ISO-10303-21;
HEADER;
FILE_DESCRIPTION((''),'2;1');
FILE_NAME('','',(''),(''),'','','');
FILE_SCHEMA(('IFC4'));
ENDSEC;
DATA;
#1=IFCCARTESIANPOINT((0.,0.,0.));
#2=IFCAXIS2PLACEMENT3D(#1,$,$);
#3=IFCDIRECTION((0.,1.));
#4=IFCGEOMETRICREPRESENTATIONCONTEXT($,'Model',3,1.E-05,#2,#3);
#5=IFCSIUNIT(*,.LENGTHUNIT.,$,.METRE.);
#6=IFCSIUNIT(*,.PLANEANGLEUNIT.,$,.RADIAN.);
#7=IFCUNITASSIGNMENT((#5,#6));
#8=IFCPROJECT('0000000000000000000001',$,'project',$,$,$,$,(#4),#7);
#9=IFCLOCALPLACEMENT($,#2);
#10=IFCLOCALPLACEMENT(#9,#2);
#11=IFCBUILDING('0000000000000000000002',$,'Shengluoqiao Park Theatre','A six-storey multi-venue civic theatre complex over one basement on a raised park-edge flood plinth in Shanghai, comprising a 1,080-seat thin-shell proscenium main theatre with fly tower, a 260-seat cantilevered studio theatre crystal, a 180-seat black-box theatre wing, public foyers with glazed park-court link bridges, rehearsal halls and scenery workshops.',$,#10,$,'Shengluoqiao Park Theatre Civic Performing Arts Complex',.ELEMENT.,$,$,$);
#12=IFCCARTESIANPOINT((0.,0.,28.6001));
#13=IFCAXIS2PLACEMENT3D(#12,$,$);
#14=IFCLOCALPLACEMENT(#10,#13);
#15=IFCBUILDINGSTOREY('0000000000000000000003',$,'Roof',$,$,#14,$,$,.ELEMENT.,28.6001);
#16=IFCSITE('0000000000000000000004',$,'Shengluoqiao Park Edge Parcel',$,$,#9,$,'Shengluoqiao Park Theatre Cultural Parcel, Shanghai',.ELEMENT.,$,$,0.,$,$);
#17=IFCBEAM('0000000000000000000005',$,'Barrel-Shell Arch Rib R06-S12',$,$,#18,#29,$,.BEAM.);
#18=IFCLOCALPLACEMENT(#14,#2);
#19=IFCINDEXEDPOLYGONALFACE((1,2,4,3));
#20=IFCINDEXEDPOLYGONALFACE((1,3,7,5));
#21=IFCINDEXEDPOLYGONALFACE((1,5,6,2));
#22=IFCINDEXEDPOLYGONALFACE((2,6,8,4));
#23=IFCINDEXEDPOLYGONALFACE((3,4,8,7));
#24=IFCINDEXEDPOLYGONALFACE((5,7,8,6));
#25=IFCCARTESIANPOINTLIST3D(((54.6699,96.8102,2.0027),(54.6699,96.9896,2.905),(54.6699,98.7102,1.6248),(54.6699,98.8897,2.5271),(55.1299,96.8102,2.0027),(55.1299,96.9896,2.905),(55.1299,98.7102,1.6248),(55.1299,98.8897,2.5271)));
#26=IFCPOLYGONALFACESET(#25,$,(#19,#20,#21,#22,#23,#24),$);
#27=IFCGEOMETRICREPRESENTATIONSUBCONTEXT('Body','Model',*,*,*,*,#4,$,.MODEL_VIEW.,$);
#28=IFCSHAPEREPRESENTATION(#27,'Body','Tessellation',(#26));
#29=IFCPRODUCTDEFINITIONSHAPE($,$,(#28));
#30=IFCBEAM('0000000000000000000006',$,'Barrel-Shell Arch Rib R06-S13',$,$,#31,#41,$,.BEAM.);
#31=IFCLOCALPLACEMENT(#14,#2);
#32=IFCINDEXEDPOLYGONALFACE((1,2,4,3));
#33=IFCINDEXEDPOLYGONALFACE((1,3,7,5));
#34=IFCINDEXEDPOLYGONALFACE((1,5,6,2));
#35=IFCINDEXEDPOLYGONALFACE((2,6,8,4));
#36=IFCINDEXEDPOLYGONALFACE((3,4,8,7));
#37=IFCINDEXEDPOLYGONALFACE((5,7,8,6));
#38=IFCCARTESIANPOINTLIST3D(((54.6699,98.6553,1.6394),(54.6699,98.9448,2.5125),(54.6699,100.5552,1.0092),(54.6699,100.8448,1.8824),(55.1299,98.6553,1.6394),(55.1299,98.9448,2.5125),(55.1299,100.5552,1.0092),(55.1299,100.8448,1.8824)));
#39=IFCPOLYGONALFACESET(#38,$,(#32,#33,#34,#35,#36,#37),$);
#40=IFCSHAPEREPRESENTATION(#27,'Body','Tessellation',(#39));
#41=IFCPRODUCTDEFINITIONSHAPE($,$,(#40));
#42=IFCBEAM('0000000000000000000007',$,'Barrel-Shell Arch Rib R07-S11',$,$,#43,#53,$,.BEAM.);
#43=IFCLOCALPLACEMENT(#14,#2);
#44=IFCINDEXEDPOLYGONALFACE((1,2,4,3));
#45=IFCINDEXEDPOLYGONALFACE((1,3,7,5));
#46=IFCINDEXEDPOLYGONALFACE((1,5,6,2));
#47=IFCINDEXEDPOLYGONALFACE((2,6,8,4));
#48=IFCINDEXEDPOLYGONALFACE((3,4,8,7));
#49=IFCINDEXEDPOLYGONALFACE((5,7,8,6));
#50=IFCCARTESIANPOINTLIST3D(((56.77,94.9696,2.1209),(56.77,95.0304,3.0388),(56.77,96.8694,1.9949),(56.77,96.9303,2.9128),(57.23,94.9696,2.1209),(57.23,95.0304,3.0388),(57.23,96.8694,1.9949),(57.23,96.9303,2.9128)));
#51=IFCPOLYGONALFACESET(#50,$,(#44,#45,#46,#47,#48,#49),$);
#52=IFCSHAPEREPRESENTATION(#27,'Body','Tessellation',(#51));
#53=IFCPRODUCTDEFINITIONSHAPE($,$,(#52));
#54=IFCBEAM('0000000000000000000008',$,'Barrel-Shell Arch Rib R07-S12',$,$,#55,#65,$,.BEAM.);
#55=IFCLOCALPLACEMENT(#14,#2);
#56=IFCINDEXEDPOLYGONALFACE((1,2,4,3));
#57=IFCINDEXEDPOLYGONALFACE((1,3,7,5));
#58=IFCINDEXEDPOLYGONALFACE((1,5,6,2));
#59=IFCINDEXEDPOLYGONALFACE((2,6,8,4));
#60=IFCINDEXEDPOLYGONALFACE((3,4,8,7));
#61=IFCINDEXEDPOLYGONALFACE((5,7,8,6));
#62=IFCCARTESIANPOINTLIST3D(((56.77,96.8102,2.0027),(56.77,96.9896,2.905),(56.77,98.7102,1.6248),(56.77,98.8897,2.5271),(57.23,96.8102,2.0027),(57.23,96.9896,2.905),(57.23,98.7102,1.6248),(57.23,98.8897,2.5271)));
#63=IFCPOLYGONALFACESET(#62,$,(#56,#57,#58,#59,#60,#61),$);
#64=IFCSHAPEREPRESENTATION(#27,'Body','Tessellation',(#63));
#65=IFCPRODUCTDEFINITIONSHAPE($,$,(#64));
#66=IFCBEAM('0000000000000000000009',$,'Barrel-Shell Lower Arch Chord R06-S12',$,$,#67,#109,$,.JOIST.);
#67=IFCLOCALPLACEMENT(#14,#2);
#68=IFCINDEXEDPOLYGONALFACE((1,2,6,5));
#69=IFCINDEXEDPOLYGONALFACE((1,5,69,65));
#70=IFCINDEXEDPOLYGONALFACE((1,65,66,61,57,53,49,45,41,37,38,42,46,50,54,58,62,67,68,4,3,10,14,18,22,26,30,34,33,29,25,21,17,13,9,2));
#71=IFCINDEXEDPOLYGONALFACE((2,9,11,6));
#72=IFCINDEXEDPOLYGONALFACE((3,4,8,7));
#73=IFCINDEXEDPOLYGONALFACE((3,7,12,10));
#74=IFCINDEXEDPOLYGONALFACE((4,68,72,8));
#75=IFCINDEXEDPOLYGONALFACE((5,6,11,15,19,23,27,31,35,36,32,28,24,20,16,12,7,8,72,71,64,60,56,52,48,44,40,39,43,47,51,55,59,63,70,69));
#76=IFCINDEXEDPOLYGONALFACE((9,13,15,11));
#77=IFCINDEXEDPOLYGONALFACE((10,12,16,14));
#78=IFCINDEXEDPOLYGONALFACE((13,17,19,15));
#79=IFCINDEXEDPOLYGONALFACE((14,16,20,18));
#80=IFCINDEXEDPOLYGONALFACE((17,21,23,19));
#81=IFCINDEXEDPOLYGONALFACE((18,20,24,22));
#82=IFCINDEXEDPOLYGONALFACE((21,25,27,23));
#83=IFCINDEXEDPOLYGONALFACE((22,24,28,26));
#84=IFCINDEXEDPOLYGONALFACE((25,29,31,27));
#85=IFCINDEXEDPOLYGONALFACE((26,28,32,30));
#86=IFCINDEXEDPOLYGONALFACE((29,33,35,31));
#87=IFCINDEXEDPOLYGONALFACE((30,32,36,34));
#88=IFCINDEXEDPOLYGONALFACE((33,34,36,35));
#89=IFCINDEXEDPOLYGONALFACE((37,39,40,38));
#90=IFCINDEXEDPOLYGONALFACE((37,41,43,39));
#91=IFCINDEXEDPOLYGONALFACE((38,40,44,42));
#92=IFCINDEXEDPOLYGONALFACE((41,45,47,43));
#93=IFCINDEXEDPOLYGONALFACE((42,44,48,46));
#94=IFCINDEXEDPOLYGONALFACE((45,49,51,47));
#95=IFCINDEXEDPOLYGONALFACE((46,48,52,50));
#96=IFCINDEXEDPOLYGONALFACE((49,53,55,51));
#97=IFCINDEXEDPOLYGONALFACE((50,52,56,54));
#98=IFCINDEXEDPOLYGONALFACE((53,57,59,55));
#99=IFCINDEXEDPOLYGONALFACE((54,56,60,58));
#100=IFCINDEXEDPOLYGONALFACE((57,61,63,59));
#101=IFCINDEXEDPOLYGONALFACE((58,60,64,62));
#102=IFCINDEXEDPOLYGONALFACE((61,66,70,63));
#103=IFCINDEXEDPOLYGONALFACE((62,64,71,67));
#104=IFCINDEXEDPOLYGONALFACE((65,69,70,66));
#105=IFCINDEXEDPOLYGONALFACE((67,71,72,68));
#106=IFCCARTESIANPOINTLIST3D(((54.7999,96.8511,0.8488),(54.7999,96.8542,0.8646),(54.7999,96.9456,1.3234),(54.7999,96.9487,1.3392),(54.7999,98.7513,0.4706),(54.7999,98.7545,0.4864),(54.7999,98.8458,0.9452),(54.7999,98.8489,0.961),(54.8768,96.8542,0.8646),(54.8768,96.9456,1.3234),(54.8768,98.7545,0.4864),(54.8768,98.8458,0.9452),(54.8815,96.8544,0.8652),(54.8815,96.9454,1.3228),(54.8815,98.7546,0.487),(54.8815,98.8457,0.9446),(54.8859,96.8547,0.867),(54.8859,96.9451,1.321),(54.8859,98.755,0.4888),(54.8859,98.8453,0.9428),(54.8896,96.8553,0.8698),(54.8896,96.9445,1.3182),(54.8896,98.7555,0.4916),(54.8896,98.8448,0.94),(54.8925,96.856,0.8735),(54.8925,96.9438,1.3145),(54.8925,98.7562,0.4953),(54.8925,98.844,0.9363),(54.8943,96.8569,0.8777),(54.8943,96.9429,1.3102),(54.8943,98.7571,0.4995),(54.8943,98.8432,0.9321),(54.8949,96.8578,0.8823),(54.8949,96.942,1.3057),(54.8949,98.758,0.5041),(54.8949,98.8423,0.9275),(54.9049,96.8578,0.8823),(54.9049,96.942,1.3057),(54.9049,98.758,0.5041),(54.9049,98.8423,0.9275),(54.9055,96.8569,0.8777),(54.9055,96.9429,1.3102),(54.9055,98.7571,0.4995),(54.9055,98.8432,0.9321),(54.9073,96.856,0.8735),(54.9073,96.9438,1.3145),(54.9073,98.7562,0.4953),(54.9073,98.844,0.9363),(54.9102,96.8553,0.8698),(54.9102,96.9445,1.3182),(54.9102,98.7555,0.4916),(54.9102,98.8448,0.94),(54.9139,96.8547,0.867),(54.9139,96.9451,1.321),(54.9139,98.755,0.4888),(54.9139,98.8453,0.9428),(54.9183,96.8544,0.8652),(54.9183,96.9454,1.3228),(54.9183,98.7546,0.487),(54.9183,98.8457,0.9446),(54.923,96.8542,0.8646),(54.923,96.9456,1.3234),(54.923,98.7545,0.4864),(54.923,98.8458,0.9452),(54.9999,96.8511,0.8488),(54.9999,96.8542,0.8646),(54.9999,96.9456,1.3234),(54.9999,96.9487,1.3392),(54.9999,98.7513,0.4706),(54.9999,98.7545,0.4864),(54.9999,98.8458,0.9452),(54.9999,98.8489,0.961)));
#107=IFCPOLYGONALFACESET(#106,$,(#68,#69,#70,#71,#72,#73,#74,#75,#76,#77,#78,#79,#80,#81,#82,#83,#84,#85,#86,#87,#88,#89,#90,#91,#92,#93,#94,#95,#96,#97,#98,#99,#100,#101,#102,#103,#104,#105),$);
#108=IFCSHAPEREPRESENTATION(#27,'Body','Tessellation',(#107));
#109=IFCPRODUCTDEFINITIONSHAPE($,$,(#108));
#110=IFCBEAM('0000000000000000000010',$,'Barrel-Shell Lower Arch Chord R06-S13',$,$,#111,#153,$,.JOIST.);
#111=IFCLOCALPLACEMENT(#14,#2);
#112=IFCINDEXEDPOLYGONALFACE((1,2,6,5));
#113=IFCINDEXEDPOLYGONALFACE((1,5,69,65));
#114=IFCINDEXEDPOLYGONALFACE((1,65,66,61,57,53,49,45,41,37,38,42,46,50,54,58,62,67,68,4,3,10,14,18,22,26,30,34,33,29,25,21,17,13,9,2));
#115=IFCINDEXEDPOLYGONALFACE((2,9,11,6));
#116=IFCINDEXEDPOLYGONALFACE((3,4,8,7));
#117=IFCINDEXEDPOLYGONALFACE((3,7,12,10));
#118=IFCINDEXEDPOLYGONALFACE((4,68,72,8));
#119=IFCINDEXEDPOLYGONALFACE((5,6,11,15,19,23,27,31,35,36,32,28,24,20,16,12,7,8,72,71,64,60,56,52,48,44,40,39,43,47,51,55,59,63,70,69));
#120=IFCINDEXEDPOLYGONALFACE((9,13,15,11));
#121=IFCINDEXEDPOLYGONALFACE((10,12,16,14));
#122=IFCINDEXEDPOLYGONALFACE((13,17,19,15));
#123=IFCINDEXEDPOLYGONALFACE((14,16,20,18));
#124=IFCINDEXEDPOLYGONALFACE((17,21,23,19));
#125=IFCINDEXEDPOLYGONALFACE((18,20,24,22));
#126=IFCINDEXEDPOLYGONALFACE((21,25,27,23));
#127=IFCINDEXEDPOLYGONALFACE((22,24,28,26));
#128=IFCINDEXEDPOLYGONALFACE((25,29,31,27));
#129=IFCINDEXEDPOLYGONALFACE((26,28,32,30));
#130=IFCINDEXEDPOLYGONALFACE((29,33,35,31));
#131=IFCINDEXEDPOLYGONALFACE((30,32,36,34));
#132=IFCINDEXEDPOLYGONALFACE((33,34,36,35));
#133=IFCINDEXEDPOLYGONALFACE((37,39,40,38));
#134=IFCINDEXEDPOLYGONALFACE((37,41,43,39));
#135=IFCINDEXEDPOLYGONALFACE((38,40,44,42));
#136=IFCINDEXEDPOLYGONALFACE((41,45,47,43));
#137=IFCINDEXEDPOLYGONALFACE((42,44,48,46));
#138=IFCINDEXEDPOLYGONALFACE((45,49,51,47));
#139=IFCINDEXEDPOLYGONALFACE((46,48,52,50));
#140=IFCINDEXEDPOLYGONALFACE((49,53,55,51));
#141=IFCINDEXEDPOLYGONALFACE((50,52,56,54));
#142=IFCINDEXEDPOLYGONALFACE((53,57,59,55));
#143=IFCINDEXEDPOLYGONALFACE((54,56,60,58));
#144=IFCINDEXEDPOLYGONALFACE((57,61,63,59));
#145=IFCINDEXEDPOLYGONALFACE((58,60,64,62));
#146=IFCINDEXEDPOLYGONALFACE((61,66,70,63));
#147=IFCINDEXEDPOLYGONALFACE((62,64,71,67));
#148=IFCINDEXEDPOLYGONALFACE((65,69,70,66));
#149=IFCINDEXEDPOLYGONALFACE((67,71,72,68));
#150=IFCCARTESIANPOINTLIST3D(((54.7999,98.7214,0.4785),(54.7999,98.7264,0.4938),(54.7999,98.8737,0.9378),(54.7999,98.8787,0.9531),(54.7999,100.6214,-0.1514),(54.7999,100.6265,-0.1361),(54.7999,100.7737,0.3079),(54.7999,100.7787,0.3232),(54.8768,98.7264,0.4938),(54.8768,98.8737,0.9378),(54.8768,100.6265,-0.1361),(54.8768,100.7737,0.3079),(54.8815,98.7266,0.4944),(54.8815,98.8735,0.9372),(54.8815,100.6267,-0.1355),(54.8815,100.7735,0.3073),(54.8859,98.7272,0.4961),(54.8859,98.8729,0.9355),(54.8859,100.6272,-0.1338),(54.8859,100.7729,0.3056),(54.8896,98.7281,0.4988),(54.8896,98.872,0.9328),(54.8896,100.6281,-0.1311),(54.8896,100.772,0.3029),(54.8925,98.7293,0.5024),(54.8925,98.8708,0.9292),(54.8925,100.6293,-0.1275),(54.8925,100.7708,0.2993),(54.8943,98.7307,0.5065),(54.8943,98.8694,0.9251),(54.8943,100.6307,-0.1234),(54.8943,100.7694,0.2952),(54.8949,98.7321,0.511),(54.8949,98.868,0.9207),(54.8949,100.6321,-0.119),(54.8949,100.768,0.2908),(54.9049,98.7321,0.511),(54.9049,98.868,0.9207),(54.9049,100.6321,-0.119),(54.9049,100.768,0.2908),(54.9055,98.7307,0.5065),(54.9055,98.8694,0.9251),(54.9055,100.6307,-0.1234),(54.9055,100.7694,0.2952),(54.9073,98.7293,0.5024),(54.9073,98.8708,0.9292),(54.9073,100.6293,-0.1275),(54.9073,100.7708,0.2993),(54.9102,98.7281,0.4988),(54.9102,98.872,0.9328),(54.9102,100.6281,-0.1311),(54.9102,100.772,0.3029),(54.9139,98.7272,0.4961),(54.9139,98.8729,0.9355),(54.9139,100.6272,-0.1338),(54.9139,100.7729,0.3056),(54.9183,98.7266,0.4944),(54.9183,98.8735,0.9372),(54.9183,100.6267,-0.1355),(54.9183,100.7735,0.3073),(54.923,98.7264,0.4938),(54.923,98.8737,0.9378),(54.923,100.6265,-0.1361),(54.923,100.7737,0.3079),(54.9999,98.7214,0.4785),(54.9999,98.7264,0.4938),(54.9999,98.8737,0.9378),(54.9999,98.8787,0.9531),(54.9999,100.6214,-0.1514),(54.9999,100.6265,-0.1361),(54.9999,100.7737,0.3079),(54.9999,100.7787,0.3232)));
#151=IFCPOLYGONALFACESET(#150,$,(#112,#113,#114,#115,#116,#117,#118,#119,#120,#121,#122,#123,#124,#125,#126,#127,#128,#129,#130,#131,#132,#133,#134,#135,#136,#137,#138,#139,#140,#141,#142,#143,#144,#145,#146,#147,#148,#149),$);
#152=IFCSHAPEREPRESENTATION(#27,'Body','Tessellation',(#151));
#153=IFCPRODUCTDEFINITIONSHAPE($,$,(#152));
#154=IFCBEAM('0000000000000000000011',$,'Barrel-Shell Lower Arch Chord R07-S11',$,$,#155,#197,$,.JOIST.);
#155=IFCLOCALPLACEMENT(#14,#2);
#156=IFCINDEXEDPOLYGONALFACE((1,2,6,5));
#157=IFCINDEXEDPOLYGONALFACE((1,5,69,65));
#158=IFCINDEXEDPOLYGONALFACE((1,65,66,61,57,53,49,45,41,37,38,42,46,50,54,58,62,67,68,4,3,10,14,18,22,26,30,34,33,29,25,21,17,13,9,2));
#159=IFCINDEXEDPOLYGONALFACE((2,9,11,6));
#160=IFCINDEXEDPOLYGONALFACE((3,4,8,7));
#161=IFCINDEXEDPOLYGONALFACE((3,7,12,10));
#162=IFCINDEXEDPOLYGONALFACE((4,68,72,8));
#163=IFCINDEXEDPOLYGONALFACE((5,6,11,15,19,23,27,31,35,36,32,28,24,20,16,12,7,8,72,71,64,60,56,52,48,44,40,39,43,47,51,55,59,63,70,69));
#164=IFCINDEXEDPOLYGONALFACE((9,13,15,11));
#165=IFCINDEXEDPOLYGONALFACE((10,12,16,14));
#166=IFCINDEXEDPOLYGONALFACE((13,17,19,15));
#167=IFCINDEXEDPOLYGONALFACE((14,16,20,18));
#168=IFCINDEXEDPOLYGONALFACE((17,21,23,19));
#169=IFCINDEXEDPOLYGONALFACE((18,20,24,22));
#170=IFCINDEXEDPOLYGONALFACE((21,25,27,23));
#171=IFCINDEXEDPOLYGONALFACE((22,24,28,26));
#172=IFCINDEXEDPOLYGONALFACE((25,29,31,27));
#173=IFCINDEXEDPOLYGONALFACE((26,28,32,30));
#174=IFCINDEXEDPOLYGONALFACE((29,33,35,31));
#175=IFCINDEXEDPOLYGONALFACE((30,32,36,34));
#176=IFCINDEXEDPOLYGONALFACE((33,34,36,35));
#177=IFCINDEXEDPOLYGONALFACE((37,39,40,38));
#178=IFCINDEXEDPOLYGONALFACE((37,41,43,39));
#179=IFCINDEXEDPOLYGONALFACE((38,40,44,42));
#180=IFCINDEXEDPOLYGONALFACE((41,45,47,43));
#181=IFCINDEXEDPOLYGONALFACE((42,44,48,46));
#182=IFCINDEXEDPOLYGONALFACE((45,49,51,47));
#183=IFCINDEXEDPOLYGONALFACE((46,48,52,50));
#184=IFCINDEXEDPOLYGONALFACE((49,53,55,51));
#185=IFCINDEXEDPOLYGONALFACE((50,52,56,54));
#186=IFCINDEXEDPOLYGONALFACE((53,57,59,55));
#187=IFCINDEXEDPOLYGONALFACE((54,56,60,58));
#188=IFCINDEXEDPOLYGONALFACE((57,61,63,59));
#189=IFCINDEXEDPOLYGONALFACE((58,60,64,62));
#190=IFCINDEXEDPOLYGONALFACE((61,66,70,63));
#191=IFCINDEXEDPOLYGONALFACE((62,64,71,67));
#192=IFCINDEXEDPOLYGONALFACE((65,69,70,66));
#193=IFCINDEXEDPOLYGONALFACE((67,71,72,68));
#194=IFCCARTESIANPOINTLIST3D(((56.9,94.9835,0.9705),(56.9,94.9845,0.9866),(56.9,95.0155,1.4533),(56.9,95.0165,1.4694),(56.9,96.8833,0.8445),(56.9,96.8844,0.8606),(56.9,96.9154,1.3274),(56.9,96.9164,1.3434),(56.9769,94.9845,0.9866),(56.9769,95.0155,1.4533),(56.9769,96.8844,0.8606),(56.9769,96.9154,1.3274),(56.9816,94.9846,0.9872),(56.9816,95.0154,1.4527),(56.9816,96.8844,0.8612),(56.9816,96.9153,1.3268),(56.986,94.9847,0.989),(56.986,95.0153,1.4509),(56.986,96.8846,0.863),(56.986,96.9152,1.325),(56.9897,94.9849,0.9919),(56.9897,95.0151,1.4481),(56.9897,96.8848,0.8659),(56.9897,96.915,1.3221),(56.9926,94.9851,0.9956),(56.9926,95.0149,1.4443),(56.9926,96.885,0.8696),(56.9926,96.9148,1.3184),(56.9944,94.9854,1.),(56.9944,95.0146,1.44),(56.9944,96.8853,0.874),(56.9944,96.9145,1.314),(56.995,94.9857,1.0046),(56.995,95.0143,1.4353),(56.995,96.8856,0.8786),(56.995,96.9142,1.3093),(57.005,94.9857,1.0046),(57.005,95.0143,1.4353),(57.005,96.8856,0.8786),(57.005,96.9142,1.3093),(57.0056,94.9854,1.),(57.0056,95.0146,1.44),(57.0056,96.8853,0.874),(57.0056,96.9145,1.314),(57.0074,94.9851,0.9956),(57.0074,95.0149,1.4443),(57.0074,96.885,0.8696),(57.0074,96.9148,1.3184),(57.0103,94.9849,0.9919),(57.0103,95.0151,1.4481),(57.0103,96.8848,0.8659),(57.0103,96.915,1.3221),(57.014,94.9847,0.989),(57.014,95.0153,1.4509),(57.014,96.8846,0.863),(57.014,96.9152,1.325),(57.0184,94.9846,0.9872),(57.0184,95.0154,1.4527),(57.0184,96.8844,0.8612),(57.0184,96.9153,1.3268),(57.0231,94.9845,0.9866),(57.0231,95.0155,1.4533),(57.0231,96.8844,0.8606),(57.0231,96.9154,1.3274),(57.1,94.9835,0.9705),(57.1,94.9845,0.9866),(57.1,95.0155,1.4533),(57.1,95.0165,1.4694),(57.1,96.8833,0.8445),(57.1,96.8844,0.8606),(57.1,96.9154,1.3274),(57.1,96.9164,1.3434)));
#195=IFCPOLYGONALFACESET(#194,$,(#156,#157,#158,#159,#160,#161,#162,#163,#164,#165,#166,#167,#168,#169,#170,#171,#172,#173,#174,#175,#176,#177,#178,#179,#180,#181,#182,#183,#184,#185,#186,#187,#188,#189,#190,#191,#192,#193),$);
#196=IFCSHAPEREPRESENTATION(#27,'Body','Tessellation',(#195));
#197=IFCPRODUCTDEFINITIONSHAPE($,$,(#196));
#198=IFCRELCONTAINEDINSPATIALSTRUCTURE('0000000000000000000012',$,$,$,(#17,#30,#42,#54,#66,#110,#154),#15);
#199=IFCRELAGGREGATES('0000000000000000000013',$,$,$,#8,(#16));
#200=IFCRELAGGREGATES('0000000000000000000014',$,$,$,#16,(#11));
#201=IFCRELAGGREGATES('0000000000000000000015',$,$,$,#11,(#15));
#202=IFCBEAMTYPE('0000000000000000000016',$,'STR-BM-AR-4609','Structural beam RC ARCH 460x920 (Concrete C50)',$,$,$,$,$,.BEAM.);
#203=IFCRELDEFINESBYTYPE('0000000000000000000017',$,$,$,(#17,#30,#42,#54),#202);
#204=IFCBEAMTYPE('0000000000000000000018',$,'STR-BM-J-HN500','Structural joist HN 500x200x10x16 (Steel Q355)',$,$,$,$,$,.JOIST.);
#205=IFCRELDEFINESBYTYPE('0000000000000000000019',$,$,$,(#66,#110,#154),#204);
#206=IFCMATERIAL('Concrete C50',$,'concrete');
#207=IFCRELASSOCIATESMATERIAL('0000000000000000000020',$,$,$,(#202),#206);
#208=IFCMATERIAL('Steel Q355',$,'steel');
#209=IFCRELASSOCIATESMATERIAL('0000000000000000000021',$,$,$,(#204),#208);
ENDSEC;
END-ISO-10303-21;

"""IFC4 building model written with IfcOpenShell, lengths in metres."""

from ifc_helpers import new_model, si_unit, direction, frame, origin, origin_2d, place, context, subcontext, project, spatial, rectangle, i_section, extrude, material, material_profile, profile_set, type_object, element, save


model = new_model("IFC4")

# Units and contexts
model_context = context("Model", 3, precision=1e-05, world=origin(), true_north=direction((0.0, 1.0)))
body_context = subcontext(model_context, "Body", "Model", "MODEL_VIEW")
ifc_project = project(units=[si_unit("LENGTHUNIT", "METRE"), si_unit("PLANEANGLEUNIT", "RADIAN")], contexts=[model_context])

# Site, building, storey
site_placement = place(None, origin())
site = spatial("IfcSite", under=ifc_project, at=site_placement, Name="Shengluoqiao Park Edge Parcel", LongName="Shengluoqiao Park Theatre Cultural Parcel, Shanghai", CompositionType="ELEMENT", RefElevation=0.0)
building_placement = place(site_placement, origin())
building = spatial("IfcBuilding", under=site, at=building_placement, Name="Shengluoqiao Park Theatre", Description="A six-storey multi-venue civic theatre complex over one basement on a raised park-edge flood plinth in Shanghai, comprising a 1,080-seat thin-shell proscenium main theatre with fly tower, a 260-seat cantilevered studio theatre crystal, a 180-seat black-box theatre wing, public foyers with glazed park-court link bridges, rehearsal halls and scenery workshops.", LongName="Shengluoqiao Park Theatre Civic Performing Arts Complex", CompositionType="ELEMENT")
storey_placement = place(building_placement, frame((0.0, 0.0, 28.6001)))
storey = spatial("IfcBuildingStorey", under=building, at=storey_placement, Name="Roof", CompositionType="ELEMENT", Elevation=28.6001)

# Beams
ifc_material_1 = material(Name="Concrete C50", Category="concrete")
ifc_material_profile_1 = material_profile(ifc_material_1, rectangle(XDim=0.46, YDim=0.9199, at=origin_2d()), Name="RC ARCH 460x920")
ifc_profile_set_1 = profile_set([ifc_material_profile_1], Name="Concrete C50")
beam_type_1 = type_object("IfcBeamType", Name="STR-BM-AR-4609", Description="Structural beam RC ARCH 460x920 (Concrete C50)", PredefinedType="BEAM", material=ifc_profile_set_1)
beam_1_placement = place(storey_placement, frame((54.8999, 96.8999, 2.4539), z_axis=(0.0, 0.980789, -0.195074), x_axis=(-1.0, 0.0, 0.0)))
element("IfcBeam", 1, at=beam_1_placement, inside=storey, type_object=beam_type_1, Name="Barrel-Shell Arch Rib R06-S12", PredefinedType="BEAM", context=body_context, shape_type="SweptSolid", body=[
    extrude(rectangle(XDim=0.46, YDim=0.9199, at=origin_2d()), origin(), (0.0, 0.0, 1.0), 1.9373),
])
beam_2_placement = place(storey_placement, frame((54.8999, 98.8, 2.0759), z_axis=(0.0, 0.949158, -0.3148), x_axis=(-1.0, 0.0, 0.0)))
element("IfcBeam", 2, at=beam_2_placement, inside=storey, type_object=beam_type_1, Name="Barrel-Shell Arch Rib R06-S13", PredefinedType="BEAM", context=body_context, shape_type="SweptSolid", body=[
    extrude(rectangle(XDim=0.46, YDim=0.9199, at=origin_2d()), origin(), (0.0, 0.0, 1.0), 2.0017),
])
beam_3_placement = place(storey_placement, frame((57.0, 95.0, 2.5798), z_axis=(0.0, 0.997809, -0.066162), x_axis=(-1.0, 0.0, 0.0)))
element("IfcBeam", 3, at=beam_3_placement, inside=storey, type_object=beam_type_1, Name="Barrel-Shell Arch Rib R07-S11", PredefinedType="BEAM", context=body_context, shape_type="SweptSolid", body=[
    extrude(rectangle(XDim=0.46, YDim=0.9199, at=origin_2d()), origin(), (0.0, 0.0, 1.0), 1.9041),
])
beam_4_placement = place(storey_placement, frame((57.0, 96.8999, 2.4539), z_axis=(0.0, 0.980789, -0.195074), x_axis=(-1.0, 0.0, 0.0)))
element("IfcBeam", 4, at=beam_4_placement, inside=storey, type_object=beam_type_1, Name="Barrel-Shell Arch Rib R07-S12", PredefinedType="BEAM", context=body_context, shape_type="SweptSolid", body=[
    extrude(rectangle(XDim=0.46, YDim=0.9199, at=origin_2d()), origin(), (0.0, 0.0, 1.0), 1.9373),
])
ifc_material_2 = material(Name="Steel Q355", Category="steel")
ifc_material_profile_2 = material_profile(ifc_material_2, i_section(OverallWidth=0.2, OverallDepth=0.5, WebThickness=0.01, FlangeThickness=0.0161, FilletRadius=0.0181, at=origin_2d()), Name="HN 500x200x10x16")
ifc_profile_set_2 = profile_set([ifc_material_profile_2], Name="Steel Q355")
beam_type_2 = type_object("IfcBeamType", Name="STR-BM-J-HN500", Description="Structural joist HN 500x200x10x16 (Steel Q355)", PredefinedType="JOIST", material=ifc_profile_set_2)
beam_5_placement = place(storey_placement, frame((54.8999, 96.8999, 1.094), z_axis=(0.0, 0.980764, -0.195195), x_axis=(-1.0, 0.0, 0.0)))
element("IfcBeam", 5, at=beam_5_placement, inside=storey, type_object=beam_type_2, Name="Barrel-Shell Lower Arch Chord R06-S12", PredefinedType="JOIST", context=body_context, shape_type="SweptSolid", body=[
    extrude(i_section(OverallWidth=0.2, OverallDepth=0.5, WebThickness=0.01, FlangeThickness=0.0161, FilletRadius=0.0181, at=origin_2d()), origin(), (0.0, 0.0, 1.0), 1.9375),
])
beam_6_placement = place(storey_placement, frame((54.8999, 98.8, 0.7158), z_axis=(0.0, 0.949194, -0.31469), x_axis=(-1.0, 0.0, 0.0)))
element("IfcBeam", 6, at=beam_6_placement, inside=storey, type_object=beam_type_2, Name="Barrel-Shell Lower Arch Chord R06-S13", PredefinedType="JOIST", context=body_context, shape_type="SweptSolid", body=[
    extrude(i_section(OverallWidth=0.2, OverallDepth=0.5, WebThickness=0.01, FlangeThickness=0.0161, FilletRadius=0.0181, at=origin_2d()), origin(), (0.0, 0.0, 1.0), 2.0017),
])
beam_7_placement = place(storey_placement, frame((57.0, 95.0, 1.22), z_axis=(0.0, 0.997809, -0.066162), x_axis=(-1.0, 0.0, 0.0)))
element("IfcBeam", 7, at=beam_7_placement, inside=storey, type_object=beam_type_2, Name="Barrel-Shell Lower Arch Chord R07-S11", PredefinedType="JOIST", context=body_context, shape_type="SweptSolid", body=[
    extrude(i_section(OverallWidth=0.2, OverallDepth=0.5, WebThickness=0.01, FlangeThickness=0.0161, FilletRadius=0.0181, at=origin_2d()), origin(), (0.0, 0.0, 1.0), 1.9041),
])

save(model, "model.ifc")
